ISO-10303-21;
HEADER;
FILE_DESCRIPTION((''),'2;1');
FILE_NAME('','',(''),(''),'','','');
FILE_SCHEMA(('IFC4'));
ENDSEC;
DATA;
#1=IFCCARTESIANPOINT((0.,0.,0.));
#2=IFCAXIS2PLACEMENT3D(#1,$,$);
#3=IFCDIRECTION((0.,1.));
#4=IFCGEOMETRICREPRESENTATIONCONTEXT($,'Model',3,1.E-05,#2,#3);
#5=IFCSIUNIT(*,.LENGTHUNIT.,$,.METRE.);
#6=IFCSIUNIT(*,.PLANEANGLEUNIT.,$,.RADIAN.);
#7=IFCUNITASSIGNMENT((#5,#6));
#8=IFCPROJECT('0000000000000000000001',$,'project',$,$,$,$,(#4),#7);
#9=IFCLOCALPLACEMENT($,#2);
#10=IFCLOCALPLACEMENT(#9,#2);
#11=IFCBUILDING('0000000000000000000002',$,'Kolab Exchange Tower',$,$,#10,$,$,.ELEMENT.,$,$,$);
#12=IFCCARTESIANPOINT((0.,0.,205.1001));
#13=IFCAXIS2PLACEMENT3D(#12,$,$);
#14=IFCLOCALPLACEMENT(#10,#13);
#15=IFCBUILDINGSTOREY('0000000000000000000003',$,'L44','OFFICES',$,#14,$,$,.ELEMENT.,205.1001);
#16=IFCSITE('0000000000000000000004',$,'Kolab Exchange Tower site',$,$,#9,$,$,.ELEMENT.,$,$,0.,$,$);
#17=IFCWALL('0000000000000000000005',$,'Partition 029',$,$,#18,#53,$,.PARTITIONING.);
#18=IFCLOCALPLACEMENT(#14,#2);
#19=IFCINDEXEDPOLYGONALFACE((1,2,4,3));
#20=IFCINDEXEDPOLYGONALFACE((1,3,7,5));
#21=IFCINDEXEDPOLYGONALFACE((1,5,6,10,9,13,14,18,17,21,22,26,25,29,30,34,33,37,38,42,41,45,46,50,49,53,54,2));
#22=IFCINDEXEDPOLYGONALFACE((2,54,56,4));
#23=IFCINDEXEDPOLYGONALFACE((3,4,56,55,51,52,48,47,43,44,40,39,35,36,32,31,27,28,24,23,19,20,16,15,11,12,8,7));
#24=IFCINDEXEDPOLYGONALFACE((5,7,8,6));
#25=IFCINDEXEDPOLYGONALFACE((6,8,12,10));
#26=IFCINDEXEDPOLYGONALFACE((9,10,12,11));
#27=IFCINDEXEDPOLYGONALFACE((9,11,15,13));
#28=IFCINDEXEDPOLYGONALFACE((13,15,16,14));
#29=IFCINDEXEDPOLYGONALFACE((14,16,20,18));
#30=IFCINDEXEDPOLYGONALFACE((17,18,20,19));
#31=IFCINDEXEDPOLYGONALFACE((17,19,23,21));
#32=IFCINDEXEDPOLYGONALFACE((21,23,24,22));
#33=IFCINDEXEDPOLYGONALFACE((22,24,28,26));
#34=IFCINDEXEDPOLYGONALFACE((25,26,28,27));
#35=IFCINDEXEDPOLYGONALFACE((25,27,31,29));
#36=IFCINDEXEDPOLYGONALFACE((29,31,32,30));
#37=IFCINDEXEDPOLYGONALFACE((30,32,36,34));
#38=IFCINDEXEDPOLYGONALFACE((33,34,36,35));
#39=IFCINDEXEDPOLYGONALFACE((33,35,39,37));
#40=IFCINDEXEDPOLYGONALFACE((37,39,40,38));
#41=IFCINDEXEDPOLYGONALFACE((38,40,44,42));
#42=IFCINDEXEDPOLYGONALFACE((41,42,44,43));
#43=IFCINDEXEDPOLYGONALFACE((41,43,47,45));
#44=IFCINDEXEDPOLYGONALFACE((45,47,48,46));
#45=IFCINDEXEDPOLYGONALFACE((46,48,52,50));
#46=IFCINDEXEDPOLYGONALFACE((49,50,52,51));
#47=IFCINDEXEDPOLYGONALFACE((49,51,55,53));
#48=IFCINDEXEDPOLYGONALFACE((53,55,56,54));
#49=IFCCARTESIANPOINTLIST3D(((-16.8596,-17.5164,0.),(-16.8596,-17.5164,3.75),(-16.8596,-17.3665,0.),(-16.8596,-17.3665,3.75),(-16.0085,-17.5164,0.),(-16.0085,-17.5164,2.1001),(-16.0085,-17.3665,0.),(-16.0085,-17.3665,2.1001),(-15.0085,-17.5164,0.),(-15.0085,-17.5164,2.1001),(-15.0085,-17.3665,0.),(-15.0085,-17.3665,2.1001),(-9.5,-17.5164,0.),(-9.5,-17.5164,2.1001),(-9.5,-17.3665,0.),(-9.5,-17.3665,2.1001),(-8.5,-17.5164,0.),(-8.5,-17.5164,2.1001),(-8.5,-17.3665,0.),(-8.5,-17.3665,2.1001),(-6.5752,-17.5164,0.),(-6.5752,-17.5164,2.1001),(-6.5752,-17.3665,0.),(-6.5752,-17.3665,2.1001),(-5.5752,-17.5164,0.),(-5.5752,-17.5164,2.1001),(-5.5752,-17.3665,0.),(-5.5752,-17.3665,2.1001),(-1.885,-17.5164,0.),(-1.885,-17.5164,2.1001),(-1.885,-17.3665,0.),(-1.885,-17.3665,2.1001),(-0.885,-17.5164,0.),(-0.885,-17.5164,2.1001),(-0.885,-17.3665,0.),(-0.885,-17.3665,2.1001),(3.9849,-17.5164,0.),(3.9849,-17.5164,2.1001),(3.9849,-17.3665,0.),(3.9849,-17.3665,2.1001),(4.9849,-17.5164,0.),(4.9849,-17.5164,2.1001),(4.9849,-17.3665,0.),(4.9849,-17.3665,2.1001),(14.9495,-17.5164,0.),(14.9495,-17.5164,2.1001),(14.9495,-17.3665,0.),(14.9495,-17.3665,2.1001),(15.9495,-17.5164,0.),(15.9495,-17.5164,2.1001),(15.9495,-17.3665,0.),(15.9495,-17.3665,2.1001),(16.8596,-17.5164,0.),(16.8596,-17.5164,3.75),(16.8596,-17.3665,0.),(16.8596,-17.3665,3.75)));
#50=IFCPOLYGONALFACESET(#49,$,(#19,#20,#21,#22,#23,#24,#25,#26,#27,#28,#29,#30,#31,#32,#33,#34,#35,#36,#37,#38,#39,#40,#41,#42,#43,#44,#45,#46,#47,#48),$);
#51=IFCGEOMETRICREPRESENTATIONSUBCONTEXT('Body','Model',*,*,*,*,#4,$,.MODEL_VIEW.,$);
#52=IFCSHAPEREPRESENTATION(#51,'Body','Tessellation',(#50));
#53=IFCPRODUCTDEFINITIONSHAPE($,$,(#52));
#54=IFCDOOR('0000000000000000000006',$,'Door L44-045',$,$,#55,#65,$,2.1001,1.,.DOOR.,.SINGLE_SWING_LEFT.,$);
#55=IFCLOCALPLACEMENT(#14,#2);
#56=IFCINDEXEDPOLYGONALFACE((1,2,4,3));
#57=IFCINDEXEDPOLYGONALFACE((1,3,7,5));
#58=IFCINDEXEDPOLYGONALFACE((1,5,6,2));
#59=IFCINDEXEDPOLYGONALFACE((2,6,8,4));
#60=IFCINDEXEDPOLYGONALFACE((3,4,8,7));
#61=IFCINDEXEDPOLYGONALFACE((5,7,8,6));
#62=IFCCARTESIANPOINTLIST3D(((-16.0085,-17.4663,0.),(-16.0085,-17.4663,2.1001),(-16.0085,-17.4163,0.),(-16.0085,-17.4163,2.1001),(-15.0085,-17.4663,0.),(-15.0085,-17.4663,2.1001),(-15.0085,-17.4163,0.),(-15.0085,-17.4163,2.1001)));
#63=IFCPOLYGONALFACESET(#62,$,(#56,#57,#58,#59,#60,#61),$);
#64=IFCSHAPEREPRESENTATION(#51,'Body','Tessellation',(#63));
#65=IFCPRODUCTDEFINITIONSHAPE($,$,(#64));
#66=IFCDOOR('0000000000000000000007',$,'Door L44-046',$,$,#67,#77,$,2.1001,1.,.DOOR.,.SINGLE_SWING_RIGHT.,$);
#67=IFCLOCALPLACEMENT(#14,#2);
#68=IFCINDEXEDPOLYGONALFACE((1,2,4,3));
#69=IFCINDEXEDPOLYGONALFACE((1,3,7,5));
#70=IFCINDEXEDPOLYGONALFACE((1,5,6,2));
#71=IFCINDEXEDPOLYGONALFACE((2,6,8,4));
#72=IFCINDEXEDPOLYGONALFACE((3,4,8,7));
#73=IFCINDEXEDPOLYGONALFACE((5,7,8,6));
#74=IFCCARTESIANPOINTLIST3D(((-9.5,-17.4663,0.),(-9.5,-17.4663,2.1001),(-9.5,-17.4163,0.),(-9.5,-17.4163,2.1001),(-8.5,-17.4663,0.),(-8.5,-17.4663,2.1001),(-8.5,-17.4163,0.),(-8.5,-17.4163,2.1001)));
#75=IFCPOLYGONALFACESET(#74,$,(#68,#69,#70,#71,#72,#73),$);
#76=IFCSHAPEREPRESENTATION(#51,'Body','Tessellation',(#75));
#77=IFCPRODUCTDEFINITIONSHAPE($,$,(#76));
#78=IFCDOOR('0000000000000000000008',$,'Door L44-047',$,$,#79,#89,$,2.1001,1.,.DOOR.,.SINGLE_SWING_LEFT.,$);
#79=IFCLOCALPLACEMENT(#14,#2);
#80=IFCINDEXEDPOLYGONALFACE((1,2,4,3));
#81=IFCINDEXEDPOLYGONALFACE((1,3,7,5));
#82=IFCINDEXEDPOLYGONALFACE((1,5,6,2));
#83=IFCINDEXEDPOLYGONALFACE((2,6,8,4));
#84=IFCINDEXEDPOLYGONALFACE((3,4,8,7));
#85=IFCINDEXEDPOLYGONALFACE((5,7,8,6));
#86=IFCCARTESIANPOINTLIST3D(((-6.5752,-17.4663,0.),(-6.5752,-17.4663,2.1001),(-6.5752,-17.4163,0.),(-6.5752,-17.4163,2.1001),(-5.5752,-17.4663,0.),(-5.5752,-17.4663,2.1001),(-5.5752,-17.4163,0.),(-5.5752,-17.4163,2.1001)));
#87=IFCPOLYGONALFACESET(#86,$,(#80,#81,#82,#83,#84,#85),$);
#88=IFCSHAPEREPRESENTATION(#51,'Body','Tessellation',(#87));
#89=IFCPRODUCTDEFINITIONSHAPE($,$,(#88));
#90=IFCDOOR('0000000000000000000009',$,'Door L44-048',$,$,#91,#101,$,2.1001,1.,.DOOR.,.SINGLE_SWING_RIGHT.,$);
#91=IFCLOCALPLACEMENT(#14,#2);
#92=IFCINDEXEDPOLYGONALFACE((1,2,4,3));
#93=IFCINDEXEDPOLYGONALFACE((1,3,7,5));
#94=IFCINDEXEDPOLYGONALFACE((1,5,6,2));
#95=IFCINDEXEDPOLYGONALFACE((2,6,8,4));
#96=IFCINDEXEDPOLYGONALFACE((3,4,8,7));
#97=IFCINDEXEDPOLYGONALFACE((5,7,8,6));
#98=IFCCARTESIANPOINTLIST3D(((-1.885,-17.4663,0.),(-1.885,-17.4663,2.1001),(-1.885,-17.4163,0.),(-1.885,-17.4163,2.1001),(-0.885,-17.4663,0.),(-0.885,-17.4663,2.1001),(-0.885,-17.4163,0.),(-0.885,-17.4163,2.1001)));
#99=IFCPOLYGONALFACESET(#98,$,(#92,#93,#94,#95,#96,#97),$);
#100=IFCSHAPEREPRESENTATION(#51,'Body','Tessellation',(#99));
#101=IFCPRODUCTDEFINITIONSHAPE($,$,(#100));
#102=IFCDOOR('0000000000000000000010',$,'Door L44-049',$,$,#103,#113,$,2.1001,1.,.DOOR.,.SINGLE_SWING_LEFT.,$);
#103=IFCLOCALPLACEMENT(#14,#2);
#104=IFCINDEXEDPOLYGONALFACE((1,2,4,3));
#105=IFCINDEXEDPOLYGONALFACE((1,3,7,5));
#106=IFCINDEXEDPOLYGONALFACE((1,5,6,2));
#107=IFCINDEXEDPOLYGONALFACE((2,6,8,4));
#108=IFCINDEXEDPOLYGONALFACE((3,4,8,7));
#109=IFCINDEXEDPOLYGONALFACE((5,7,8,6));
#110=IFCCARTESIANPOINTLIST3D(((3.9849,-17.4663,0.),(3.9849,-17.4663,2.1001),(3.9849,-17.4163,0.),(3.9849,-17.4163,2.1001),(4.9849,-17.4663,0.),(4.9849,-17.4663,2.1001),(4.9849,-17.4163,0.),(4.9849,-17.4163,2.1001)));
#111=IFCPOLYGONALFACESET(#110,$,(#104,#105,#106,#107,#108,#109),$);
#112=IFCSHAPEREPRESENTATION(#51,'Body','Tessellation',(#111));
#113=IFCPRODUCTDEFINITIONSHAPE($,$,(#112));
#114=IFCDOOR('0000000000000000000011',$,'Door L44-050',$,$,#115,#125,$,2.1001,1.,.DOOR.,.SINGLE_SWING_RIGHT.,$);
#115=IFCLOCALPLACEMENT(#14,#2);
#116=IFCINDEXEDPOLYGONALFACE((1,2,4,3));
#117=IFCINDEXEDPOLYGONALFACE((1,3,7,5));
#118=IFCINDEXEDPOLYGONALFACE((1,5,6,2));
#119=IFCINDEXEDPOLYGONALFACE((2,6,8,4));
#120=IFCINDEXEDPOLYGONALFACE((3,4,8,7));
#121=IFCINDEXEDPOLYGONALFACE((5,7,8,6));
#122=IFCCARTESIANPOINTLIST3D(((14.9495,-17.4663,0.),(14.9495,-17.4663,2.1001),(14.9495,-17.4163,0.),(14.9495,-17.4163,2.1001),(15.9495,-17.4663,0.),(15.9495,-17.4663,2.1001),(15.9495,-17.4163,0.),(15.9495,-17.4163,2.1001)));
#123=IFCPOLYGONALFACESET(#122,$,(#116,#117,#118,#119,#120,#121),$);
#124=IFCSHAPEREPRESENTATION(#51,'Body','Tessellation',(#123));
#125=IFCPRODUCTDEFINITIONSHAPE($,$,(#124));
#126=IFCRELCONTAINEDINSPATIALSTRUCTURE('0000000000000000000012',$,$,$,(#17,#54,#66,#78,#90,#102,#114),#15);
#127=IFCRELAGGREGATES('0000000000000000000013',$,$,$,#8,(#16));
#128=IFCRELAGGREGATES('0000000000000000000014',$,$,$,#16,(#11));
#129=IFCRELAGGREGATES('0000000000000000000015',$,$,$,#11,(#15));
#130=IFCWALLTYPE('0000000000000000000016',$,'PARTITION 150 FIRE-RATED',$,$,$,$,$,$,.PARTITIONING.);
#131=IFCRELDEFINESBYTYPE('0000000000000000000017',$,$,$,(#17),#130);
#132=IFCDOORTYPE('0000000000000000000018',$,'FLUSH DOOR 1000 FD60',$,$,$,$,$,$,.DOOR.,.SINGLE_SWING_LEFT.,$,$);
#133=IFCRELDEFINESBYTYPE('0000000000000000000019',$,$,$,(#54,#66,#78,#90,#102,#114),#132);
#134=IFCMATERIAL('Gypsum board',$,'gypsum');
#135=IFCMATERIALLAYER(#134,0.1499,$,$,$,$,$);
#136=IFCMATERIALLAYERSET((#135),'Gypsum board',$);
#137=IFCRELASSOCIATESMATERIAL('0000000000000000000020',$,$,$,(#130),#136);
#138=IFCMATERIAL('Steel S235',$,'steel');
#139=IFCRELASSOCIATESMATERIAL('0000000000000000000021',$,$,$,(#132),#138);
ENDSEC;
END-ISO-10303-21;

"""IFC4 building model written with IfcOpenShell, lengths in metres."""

from ifc_helpers import new_model, si_unit, direction, frame, frame_2d, origin, place, context, subcontext, project, spatial, rectangle, extrude, material, layer, layer_set, type_object, element, fill, save


model = new_model("IFC4")

# Units and contexts
model_context = context("Model", 3, precision=1e-05, world=origin(), true_north=direction((0.0, 1.0)))
body_context = subcontext(model_context, "Body", "Model", "MODEL_VIEW")
ifc_project = project(units=[si_unit("LENGTHUNIT", "METRE"), si_unit("PLANEANGLEUNIT", "RADIAN")], contexts=[model_context])

# Site, building, storey
site_placement = place(None, origin())
site = spatial("IfcSite", under=ifc_project, at=site_placement, Name="Kolab Exchange Tower site", CompositionType="ELEMENT", RefElevation=0.0)
building_placement = place(site_placement, origin())
building = spatial("IfcBuilding", under=site, at=building_placement, Name="Kolab Exchange Tower", CompositionType="ELEMENT")
storey_placement = place(building_placement, frame((0.0, 0.0, 205.1001)))
storey = spatial("IfcBuildingStorey", under=building, at=storey_placement, Name="L44", Description="OFFICES", CompositionType="ELEMENT", Elevation=205.1001)

# Shared definitions
ifc_material_1 = material(Name="Gypsum board", Category="gypsum")

# Wall, openings, doors
ifc_layer_1 = layer(ifc_material_1, 0.1499)
ifc_layer_set_1 = layer_set([ifc_layer_1], Name="Gypsum board")
wall_type_1 = type_object("IfcWallType", Name="PARTITION 150 FIRE-RATED", PredefinedType="PARTITIONING", material=ifc_layer_set_1)
wall_1_placement = place(storey_placement, frame((-16.8596, -17.4414, 0.0), z_axis=(0.0, 0.0, 1.0), x_axis=(1.0, 0.0, 0.0)))
wall_1 = element("IfcWall", 1, at=wall_1_placement, inside=storey, type_object=wall_type_1, Name="Partition 029", PredefinedType="PARTITIONING", context=body_context, shape_type="SweptSolid", body=[
    extrude(rectangle(XDim=33.7192, YDim=0.1499, at=frame_2d((16.8596, 0.0))), origin(), (0.0, 0.0, 1.0), 3.75),
])
opening_1_placement = place(wall_1_placement, frame((0.8511, 0.0, 0.0)))
opening_1 = element("IfcOpeningElement", 2, at=opening_1_placement, cuts=wall_1, PredefinedType="OPENING", context=body_context, shape_type="SweptSolid", body=[
    extrude(rectangle(XDim=1.0, YDim=2.1001, at=frame_2d((0.5, 1.05))), frame((0.0, 0.085, 0.0), z_axis=(0.0, -1.0, 0.0), x_axis=(1.0, 0.0, 0.0)), (0.0, 0.0, 1.0), 0.1699),
])
opening_2_placement = place(wall_1_placement, frame((7.3596, 0.0, 0.0)))
opening_2 = element("IfcOpeningElement", 3, at=opening_2_placement, cuts=wall_1, PredefinedType="OPENING", context=body_context, shape_type="SweptSolid", body=[
    extrude(rectangle(XDim=1.0, YDim=2.1001, at=frame_2d((0.5, 1.05))), frame((0.0, 0.085, 0.0), z_axis=(0.0, -1.0, 0.0), x_axis=(1.0, 0.0, 0.0)), (0.0, 0.0, 1.0), 0.1699),
])
opening_3_placement = place(wall_1_placement, frame((10.2844, 0.0, 0.0)))
opening_3 = element("IfcOpeningElement", 4, at=opening_3_placement, cuts=wall_1, PredefinedType="OPENING", context=body_context, shape_type="SweptSolid", body=[
    extrude(rectangle(XDim=1.0, YDim=2.1001, at=frame_2d((0.5, 1.05))), frame((0.0, 0.085, 0.0), z_axis=(0.0, -1.0, 0.0), x_axis=(1.0, 0.0, 0.0)), (0.0, 0.0, 1.0), 0.1699),
])
opening_4_placement = place(wall_1_placement, frame((14.9746, 0.0, 0.0)))
opening_4 = element("IfcOpeningElement", 5, at=opening_4_placement, cuts=wall_1, PredefinedType="OPENING", context=body_context, shape_type="SweptSolid", body=[
    extrude(rectangle(XDim=1.0, YDim=2.1001, at=frame_2d((0.5, 1.05))), frame((0.0, 0.085, 0.0), z_axis=(0.0, -1.0, 0.0), x_axis=(1.0, 0.0, 0.0)), (0.0, 0.0, 1.0), 0.1699),
])
opening_5_placement = place(wall_1_placement, frame((20.8445, 0.0, 0.0)))
opening_5 = element("IfcOpeningElement", 6, at=opening_5_placement, cuts=wall_1, PredefinedType="OPENING", context=body_context, shape_type="SweptSolid", body=[
    extrude(rectangle(XDim=1.0, YDim=2.1001, at=frame_2d((0.5, 1.05))), frame((0.0, 0.085, 0.0), z_axis=(0.0, -1.0, 0.0), x_axis=(1.0, 0.0, 0.0)), (0.0, 0.0, 1.0), 0.1699),
])
opening_6_placement = place(wall_1_placement, frame((31.8091, 0.0, 0.0)))
opening_6 = element("IfcOpeningElement", 7, at=opening_6_placement, cuts=wall_1, PredefinedType="OPENING", context=body_context, shape_type="SweptSolid", body=[
    extrude(rectangle(XDim=1.0, YDim=2.1001, at=frame_2d((0.5, 1.05))), frame((0.0, 0.085, 0.0), z_axis=(0.0, -1.0, 0.0), x_axis=(1.0, 0.0, 0.0)), (0.0, 0.0, 1.0), 0.1699),
])
ifc_material_2 = material(Name="Steel S235", Category="steel")
door_type_1 = type_object("IfcDoorType", Name="FLUSH DOOR 1000 FD60", OperationType="SINGLE_SWING_LEFT", PredefinedType="DOOR", material=ifc_material_2)
door_1_placement = place(opening_1_placement, frame((1.0, 0.0, 0.0), z_axis=(0.0, 0.0, 1.0), x_axis=(-1.0, 0.0, 0.0)))
door_1 = element("IfcDoor", 8, at=door_1_placement, inside=storey, type_object=door_type_1, Name="Door L44-045", OperationType="SINGLE_SWING_LEFT", OverallHeight=2.1001, OverallWidth=1.0, PredefinedType="DOOR", context=body_context, shape_type="SweptSolid", body=[
    extrude(rectangle(XDim=1.0, YDim=2.1001, at=frame_2d((0.5, 1.05))), frame((0.0, 0.0249, 0.0), z_axis=(0.0, -1.0, 0.0), x_axis=(1.0, 0.0, 0.0)), (0.0, 0.0, 1.0), 0.05),
])
fill(opening_1, door_1)
door_2_placement = place(opening_2_placement, frame((1.0, 0.0, 0.0), z_axis=(0.0, 0.0, 1.0), x_axis=(-1.0, 0.0, 0.0)))
door_2 = element("IfcDoor", 9, at=door_2_placement, inside=storey, type_object=door_type_1, Name="Door L44-046", OperationType="SINGLE_SWING_RIGHT", OverallHeight=2.1001, OverallWidth=1.0, PredefinedType="DOOR", context=body_context, shape_type="SweptSolid", body=[
    extrude(rectangle(XDim=1.0, YDim=2.1001, at=frame_2d((0.5, 1.05))), frame((0.0, 0.0249, 0.0), z_axis=(0.0, -1.0, 0.0), x_axis=(1.0, 0.0, 0.0)), (0.0, 0.0, 1.0), 0.05),
])
fill(opening_2, door_2)
door_3_placement = place(opening_3_placement, frame((1.0, 0.0, 0.0), z_axis=(0.0, 0.0, 1.0), x_axis=(-1.0, 0.0, 0.0)))
door_3 = element("IfcDoor", 10, at=door_3_placement, inside=storey, type_object=door_type_1, Name="Door L44-047", OperationType="SINGLE_SWING_LEFT", OverallHeight=2.1001, OverallWidth=1.0, PredefinedType="DOOR", context=body_context, shape_type="SweptSolid", body=[
    extrude(rectangle(XDim=1.0, YDim=2.1001, at=frame_2d((0.5, 1.05))), frame((0.0, 0.0249, 0.0), z_axis=(0.0, -1.0, 0.0), x_axis=(1.0, 0.0, 0.0)), (0.0, 0.0, 1.0), 0.05),
])
fill(opening_3, door_3)
door_4_placement = place(opening_4_placement, frame((1.0, 0.0, 0.0), z_axis=(0.0, 0.0, 1.0), x_axis=(-1.0, 0.0, 0.0)))
door_4 = element("IfcDoor", 11, at=door_4_placement, inside=storey, type_object=door_type_1, Name="Door L44-048", OperationType="SINGLE_SWING_RIGHT", OverallHeight=2.1001, OverallWidth=1.0, PredefinedType="DOOR", context=body_context, shape_type="SweptSolid", body=[
    extrude(rectangle(XDim=1.0, YDim=2.1001, at=frame_2d((0.5, 1.05))), frame((0.0, 0.0249, 0.0), z_axis=(0.0, -1.0, 0.0), x_axis=(1.0, 0.0, 0.0)), (0.0, 0.0, 1.0), 0.05),
])
fill(opening_4, door_4)
door_5_placement = place(opening_5_placement, frame((1.0, 0.0, 0.0), z_axis=(0.0, 0.0, 1.0), x_axis=(-1.0, 0.0, 0.0)))
door_5 = element("IfcDoor", 12, at=door_5_placement, inside=storey, type_object=door_type_1, Name="Door L44-049", OperationType="SINGLE_SWING_LEFT", OverallHeight=2.1001, OverallWidth=1.0, PredefinedType="DOOR", context=body_context, shape_type="SweptSolid", body=[
    extrude(rectangle(XDim=1.0, YDim=2.1001, at=frame_2d((0.5, 1.05))), frame((0.0, 0.0249, 0.0), z_axis=(0.0, -1.0, 0.0), x_axis=(1.0, 0.0, 0.0)), (0.0, 0.0, 1.0), 0.05),
])
fill(opening_5, door_5)
door_6_placement = place(opening_6_placement, frame((1.0, 0.0, 0.0), z_axis=(0.0, 0.0, 1.0), x_axis=(-1.0, 0.0, 0.0)))
door_6 = element("IfcDoor", 13, at=door_6_placement, inside=storey, type_object=door_type_1, Name="Door L44-050", OperationType="SINGLE_SWING_RIGHT", OverallHeight=2.1001, OverallWidth=1.0, PredefinedType="DOOR", context=body_context, shape_type="SweptSolid", body=[
    extrude(rectangle(XDim=1.0, YDim=2.1001, at=frame_2d((0.5, 1.05))), frame((0.0, 0.0249, 0.0), z_axis=(0.0, -1.0, 0.0), x_axis=(1.0, 0.0, 0.0)), (0.0, 0.0, 1.0), 0.05),
])
fill(opening_6, door_6)

save(model, "model.ifc")
